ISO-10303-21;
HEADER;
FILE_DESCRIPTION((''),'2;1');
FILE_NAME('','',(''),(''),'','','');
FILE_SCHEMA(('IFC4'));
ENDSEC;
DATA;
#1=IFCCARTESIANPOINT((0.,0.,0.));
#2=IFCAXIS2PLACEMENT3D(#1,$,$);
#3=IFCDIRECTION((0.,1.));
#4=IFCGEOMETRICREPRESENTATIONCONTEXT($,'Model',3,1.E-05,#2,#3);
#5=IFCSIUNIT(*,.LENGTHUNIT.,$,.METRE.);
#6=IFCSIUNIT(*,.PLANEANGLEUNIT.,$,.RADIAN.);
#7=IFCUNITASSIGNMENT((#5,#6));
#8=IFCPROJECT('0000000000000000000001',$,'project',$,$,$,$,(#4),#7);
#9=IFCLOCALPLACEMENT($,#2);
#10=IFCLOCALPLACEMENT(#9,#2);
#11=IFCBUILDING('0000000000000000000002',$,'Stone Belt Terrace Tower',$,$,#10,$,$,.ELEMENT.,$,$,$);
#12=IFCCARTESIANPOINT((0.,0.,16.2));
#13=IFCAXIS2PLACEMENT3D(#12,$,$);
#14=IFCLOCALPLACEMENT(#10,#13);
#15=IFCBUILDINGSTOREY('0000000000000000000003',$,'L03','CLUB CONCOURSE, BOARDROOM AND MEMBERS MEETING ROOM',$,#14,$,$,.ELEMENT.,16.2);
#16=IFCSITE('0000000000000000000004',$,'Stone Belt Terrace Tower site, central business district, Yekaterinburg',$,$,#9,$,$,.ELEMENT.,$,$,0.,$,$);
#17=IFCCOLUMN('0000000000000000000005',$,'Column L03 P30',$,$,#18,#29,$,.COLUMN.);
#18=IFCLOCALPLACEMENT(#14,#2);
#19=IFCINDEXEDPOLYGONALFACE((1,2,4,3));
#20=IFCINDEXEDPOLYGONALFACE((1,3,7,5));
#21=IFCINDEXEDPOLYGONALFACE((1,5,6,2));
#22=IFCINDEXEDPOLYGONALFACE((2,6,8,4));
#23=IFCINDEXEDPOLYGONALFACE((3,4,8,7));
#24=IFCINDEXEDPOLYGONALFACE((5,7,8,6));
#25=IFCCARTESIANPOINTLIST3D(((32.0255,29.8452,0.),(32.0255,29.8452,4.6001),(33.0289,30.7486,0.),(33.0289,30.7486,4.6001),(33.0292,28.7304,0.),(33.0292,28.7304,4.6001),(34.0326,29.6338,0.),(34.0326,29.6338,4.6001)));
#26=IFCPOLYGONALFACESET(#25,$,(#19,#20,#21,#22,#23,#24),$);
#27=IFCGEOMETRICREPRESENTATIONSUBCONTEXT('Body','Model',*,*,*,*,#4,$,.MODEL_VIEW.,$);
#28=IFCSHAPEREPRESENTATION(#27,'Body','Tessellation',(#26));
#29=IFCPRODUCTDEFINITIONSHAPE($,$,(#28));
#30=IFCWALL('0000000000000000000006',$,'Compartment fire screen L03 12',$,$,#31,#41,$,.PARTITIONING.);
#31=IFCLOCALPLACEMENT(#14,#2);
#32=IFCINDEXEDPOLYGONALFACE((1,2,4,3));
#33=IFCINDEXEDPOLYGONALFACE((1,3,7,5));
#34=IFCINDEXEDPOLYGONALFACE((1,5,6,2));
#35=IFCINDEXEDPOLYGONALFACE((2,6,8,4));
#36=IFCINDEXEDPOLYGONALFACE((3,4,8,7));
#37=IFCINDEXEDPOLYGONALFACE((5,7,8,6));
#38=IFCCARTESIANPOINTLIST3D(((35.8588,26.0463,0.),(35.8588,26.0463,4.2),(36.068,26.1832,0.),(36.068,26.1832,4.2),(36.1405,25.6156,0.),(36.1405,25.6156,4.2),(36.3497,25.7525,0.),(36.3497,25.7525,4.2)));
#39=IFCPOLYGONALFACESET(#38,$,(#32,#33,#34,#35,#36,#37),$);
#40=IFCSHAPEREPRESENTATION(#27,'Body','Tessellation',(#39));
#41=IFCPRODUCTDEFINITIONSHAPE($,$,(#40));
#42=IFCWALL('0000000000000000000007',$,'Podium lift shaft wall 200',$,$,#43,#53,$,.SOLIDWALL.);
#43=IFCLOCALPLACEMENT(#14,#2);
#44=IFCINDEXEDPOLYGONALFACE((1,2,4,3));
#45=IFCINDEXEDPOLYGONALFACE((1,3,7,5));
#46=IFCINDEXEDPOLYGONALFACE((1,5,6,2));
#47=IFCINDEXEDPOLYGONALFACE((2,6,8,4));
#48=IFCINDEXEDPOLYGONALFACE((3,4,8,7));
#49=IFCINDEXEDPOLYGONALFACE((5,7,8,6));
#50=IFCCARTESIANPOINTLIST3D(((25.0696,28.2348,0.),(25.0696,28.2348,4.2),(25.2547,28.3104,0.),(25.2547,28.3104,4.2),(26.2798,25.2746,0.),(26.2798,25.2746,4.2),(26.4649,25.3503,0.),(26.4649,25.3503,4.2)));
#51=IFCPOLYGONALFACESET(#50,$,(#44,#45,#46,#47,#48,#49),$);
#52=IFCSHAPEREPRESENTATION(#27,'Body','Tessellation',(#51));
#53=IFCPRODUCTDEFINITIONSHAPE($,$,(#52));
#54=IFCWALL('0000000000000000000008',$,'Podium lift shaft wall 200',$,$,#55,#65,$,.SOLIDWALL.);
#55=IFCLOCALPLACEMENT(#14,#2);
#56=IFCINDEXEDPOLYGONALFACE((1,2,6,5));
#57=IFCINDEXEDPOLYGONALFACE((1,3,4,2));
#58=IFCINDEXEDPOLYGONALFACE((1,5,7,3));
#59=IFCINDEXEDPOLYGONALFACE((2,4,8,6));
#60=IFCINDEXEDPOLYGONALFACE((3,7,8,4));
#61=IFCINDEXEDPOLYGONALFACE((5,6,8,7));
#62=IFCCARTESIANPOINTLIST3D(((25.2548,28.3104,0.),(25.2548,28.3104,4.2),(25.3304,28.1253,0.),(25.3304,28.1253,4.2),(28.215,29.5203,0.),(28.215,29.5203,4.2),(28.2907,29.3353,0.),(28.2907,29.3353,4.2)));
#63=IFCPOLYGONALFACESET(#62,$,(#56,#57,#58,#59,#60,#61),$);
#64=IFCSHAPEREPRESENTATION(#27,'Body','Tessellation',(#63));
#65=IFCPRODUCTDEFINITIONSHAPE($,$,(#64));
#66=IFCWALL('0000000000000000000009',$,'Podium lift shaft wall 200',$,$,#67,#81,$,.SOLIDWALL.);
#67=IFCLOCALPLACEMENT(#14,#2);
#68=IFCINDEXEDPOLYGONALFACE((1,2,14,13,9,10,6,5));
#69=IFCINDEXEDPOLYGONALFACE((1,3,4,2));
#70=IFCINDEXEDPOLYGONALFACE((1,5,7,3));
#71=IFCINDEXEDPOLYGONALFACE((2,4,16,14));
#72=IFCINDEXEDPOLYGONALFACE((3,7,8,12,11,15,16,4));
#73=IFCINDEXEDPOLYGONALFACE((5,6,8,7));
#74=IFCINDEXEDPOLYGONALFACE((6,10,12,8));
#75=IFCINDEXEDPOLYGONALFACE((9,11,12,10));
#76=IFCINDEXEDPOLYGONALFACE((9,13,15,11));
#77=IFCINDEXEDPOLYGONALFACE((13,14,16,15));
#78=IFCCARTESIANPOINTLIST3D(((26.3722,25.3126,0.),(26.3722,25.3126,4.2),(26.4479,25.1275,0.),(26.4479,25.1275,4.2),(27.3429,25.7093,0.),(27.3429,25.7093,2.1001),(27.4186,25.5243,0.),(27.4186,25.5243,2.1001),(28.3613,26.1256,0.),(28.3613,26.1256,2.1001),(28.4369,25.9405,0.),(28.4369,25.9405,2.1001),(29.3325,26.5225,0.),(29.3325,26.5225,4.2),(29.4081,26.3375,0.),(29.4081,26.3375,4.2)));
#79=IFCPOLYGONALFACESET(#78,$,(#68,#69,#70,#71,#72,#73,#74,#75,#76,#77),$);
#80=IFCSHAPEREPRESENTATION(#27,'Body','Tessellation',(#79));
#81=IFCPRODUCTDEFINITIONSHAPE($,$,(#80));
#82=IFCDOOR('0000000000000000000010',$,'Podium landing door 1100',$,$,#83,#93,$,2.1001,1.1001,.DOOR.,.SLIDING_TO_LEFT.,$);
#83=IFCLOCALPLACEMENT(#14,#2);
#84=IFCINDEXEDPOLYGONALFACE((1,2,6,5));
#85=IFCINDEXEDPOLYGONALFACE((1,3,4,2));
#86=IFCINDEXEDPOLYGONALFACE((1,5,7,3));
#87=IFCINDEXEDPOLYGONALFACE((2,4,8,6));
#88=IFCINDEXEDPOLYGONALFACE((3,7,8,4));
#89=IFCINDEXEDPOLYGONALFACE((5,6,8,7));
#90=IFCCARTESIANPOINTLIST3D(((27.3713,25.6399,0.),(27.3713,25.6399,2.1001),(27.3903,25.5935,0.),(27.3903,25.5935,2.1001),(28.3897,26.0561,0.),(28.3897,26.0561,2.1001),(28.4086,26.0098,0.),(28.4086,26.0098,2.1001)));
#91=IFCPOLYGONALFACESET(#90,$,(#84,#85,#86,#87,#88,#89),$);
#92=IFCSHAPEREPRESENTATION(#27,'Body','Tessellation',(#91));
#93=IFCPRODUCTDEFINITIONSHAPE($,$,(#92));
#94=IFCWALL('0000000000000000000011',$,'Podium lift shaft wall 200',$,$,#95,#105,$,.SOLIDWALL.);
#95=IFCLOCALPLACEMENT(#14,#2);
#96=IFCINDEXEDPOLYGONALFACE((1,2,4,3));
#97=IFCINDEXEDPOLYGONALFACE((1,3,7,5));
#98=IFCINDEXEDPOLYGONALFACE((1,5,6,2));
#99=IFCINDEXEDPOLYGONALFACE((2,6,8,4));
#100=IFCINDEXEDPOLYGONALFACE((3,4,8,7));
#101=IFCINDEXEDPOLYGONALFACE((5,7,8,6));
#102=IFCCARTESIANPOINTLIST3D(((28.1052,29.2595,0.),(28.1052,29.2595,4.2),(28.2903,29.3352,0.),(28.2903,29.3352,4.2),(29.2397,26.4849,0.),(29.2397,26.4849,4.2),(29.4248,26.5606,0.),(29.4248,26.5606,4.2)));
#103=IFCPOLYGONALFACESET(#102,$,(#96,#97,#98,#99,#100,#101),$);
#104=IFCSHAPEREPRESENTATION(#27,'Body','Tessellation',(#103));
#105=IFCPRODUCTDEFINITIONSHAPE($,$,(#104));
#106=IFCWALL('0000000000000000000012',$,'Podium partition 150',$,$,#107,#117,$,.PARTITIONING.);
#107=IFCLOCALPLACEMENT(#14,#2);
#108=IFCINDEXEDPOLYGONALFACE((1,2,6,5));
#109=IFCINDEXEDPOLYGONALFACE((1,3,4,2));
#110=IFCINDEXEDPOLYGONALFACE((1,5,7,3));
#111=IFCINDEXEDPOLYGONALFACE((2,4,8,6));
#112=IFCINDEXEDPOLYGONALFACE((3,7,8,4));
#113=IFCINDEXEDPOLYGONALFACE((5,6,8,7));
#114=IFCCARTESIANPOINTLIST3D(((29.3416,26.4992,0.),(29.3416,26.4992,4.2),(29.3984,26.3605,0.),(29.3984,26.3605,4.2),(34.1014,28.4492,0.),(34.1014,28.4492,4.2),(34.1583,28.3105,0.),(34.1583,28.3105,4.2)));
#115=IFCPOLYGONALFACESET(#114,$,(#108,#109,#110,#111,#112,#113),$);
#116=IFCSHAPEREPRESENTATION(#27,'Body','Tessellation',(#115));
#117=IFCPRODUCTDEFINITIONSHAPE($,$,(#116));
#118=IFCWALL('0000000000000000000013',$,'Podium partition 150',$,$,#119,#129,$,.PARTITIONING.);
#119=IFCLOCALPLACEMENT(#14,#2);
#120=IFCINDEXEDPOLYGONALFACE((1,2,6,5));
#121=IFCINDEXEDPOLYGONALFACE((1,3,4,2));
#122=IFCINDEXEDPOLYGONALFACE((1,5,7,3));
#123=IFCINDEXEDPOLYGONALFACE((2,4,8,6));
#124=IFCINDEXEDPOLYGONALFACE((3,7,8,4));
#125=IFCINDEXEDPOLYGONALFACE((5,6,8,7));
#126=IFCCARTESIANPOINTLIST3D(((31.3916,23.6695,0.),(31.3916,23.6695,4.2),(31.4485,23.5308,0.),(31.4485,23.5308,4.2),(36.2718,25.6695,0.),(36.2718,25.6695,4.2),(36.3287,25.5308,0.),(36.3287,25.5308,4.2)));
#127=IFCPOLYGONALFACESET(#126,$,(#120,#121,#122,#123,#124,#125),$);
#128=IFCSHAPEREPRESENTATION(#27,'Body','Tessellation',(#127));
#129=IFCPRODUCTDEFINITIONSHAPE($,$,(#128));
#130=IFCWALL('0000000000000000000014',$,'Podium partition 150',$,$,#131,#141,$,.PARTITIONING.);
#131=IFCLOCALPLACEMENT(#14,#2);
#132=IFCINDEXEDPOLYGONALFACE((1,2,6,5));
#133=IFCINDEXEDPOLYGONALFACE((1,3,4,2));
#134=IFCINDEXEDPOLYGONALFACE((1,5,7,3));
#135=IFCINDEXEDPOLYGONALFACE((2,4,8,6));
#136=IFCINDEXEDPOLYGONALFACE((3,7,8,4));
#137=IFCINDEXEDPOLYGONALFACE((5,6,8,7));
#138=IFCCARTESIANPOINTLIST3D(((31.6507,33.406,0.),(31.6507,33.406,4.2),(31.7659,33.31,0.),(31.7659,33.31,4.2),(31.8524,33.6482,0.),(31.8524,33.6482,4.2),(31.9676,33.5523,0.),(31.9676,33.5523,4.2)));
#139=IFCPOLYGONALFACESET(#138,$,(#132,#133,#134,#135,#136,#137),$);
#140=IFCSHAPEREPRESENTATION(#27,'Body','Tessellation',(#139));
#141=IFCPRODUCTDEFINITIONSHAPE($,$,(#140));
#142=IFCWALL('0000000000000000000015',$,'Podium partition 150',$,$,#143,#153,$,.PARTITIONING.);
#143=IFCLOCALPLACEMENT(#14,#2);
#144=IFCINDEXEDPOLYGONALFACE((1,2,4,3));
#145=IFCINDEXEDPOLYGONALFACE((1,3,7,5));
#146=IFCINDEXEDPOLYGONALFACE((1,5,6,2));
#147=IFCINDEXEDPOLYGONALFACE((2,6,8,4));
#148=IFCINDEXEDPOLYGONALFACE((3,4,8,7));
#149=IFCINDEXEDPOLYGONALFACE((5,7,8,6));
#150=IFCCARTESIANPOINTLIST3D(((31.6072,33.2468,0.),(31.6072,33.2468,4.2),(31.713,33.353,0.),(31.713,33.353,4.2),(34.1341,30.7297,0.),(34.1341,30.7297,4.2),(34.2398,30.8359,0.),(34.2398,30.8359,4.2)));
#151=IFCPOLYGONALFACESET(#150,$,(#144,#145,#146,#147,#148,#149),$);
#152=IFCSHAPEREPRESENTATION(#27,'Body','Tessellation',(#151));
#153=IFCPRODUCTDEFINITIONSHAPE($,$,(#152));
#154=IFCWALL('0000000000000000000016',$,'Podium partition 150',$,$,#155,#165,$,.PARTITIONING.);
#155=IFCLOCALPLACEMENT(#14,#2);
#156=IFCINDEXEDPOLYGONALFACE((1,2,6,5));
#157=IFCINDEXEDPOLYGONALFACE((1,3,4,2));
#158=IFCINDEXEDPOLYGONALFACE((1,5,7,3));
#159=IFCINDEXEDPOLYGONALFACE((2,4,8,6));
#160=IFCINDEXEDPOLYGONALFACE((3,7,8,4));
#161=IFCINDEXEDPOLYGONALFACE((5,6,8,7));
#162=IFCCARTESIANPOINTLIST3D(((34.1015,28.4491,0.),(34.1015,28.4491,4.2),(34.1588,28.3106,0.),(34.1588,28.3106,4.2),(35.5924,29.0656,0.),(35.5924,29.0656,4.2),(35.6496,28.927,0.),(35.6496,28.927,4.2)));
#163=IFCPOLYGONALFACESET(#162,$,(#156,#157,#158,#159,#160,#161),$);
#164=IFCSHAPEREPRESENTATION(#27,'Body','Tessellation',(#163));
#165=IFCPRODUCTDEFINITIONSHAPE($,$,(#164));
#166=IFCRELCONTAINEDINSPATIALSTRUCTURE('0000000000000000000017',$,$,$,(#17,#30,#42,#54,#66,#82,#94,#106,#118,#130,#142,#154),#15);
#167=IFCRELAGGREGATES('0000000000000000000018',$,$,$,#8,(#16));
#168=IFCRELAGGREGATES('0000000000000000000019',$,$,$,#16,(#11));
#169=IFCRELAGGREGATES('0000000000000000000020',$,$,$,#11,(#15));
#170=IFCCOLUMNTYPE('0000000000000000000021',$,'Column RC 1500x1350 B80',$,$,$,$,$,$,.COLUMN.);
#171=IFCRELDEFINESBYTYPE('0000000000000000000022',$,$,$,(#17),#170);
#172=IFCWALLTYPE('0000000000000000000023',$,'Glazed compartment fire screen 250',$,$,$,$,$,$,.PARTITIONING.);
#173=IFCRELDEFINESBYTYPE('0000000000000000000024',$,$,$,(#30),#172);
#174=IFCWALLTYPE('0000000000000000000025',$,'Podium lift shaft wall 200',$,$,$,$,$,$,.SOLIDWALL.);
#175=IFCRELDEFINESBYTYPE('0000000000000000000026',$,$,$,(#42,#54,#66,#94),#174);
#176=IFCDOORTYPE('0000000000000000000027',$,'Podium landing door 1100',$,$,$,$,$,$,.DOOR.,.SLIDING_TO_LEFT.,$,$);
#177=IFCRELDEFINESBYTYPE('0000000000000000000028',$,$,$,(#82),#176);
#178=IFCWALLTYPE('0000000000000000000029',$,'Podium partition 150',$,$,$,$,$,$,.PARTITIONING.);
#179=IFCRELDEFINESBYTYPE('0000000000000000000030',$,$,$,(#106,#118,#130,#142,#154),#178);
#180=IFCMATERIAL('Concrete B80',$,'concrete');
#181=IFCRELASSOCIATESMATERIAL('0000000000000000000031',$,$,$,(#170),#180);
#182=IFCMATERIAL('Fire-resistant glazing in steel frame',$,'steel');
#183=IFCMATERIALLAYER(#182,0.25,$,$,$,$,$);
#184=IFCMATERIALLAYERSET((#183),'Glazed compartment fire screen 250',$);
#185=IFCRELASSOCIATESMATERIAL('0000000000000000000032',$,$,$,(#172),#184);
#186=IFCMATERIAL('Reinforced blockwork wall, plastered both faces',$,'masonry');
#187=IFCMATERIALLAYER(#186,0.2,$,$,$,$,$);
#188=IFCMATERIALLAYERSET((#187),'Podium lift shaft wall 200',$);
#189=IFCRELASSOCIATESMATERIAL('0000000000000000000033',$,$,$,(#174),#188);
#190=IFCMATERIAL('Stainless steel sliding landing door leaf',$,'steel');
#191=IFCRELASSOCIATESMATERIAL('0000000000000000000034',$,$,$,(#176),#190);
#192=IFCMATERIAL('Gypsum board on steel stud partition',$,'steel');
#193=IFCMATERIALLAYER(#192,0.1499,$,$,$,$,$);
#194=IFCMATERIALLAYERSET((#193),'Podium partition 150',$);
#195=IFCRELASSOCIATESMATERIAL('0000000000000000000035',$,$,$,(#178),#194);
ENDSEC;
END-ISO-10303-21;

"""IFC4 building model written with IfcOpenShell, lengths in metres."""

from ifc_helpers import new_model, si_unit, direction, frame, frame_2d, origin, origin_2d, place, context, subcontext, project, spatial, rectangle, extrude, material, layer, layer_set, material_profile, profile_set, type_object, element, fill, save


model = new_model("IFC4")

# Units and contexts
model_context = context("Model", 3, precision=1e-05, world=origin(), true_north=direction((0.0, 1.0)))
body_context = subcontext(model_context, "Body", "Model", "MODEL_VIEW")
ifc_project = project(units=[si_unit("LENGTHUNIT", "METRE"), si_unit("PLANEANGLEUNIT", "RADIAN")], contexts=[model_context])

# Site, building, storey
site_placement = place(None, origin())
site = spatial("IfcSite", under=ifc_project, at=site_placement, Name="Stone Belt Terrace Tower site, central business district, Yekaterinburg", CompositionType="ELEMENT", RefElevation=0.0)
building_placement = place(site_placement, origin())
building = spatial("IfcBuilding", under=site, at=building_placement, Name="Stone Belt Terrace Tower", CompositionType="ELEMENT")
storey_placement = place(building_placement, frame((0.0, 0.0, 16.2)))
storey = spatial("IfcBuildingStorey", under=building, at=storey_placement, Name="L03", Description="CLUB CONCOURSE, BOARDROOM AND MEMBERS MEETING ROOM", CompositionType="ELEMENT", Elevation=16.2)

# Column
ifc_material_1 = material(Name="Concrete B80", Category="concrete")
ifc_material_profile = material_profile(ifc_material_1, rectangle(XDim=1.5, YDim=1.3501, at=origin_2d()), Name="RC 1500x1350")
ifc_profile_set = profile_set([ifc_material_profile], Name="Concrete B80")
column_type = type_object("IfcColumnType", Name="Column RC 1500x1350 B80", PredefinedType="COLUMN", material=ifc_profile_set)
column_placement = place(storey_placement, frame((33.0291, 29.7395, 0.0), z_axis=(0.0, 0.0, 1.0), x_axis=(0.669131, -0.743145, 0.0)))
element("IfcColumn", 1, at=column_placement, inside=storey, type_object=column_type, Name="Column L03 P30", PredefinedType="COLUMN", context=body_context, shape_type="SweptSolid", body=[
    extrude(rectangle(XDim=1.5, YDim=1.3501, at=origin_2d()), origin(), (0.0, 0.0, 1.0), 4.6001),
])

# Walls
ifc_material_2 = material(Name="Fire-resistant glazing in steel frame", Category="steel")
ifc_layer_1 = layer(ifc_material_2, 0.25)
ifc_layer_set_1 = layer_set([ifc_layer_1], Name="Glazed compartment fire screen 250")
wall_type_1 = type_object("IfcWallType", Name="Glazed compartment fire screen 250", PredefinedType="PARTITIONING", material=ifc_layer_set_1)
wall_1_placement = place(storey_placement, frame((35.9634, 26.1147, 0.0), z_axis=(0.0, 0.0, 1.0), x_axis=(0.547454, -0.836836, 0.0)))
element("IfcWall", 2, at=wall_1_placement, inside=storey, type_object=wall_type_1, Name="Compartment fire screen L03 12", PredefinedType="PARTITIONING", context=body_context, shape_type="SweptSolid", body=[
    extrude(rectangle(XDim=0.5146, YDim=0.25, at=frame_2d((0.2573, 0.0))), origin(), (0.0, 0.0, 1.0), 4.2),
])
ifc_material_3 = material(Name="Reinforced blockwork wall, plastered both faces", Category="masonry")
ifc_layer_2 = layer(ifc_material_3, 0.2)
ifc_layer_set_2 = layer_set([ifc_layer_2], Name="Podium lift shaft wall 200")
wall_type_2 = type_object("IfcWallType", Name="Podium lift shaft wall 200", PredefinedType="SOLIDWALL", material=ifc_layer_set_2)
for number, where, z_axis, x_axis, name in (
    (3, (25.1621, 28.2727, 0.0), (0.0, 0.0, 1.0), (0.378422, -0.925633, 0.0), "Podium lift shaft wall 200"),
    (4, (25.2925, 28.2178, 0.0), (0.0, 0.0, 1.0), (0.92566, 0.378356, 0.0), "Podium lift shaft wall 200"),
):
    element("IfcWall", number, at=place(storey_placement, frame(where, z_axis=z_axis, x_axis=x_axis)), inside=storey, type_object=wall_type_2, Name=name, PredefinedType="SOLIDWALL", context=body_context, shape_type="SweptSolid", body=[
        extrude(rectangle(XDim=3.198, YDim=0.2, at=frame_2d((1.5991, 0.0))), origin(), (0.0, 0.0, 1.0), 4.2),
    ])

# Wall, opening, door
wall_2_placement = place(storey_placement, frame((26.4099, 25.22, 0.0), z_axis=(0.0, 0.0, 1.0), x_axis=(0.92566, 0.378356, 0.0)))
wall_2 = element("IfcWall", 5, at=wall_2_placement, inside=storey, type_object=wall_type_2, Name="Podium lift shaft wall 200", PredefinedType="SOLIDWALL", context=body_context, shape_type="SweptSolid", body=[
    extrude(rectangle(XDim=3.198, YDim=0.2, at=frame_2d((1.5991, 0.0))), origin(), (0.0, 0.0, 1.0), 4.2),
])
opening_1_placement = place(wall_2_placement, frame((1.0488, 0.0, 0.0)))
opening_1 = element("IfcOpeningElement", 6, at=opening_1_placement, cuts=wall_2, PredefinedType="OPENING", context=body_context, shape_type="SweptSolid", body=[
    extrude(rectangle(XDim=1.1001, YDim=2.1001, at=frame_2d((0.55, 1.05))), frame((0.0, 0.1099, 0.0), z_axis=(0.0, -1.0, 0.0), x_axis=(1.0, 0.0, 0.0)), (0.0, 0.0, 1.0), 0.22),
])
ifc_material_4 = material(Name="Stainless steel sliding landing door leaf", Category="steel")
door_type_1 = type_object("IfcDoorType", Name="Podium landing door 1100", OperationType="SLIDING_TO_LEFT", PredefinedType="DOOR", material=ifc_material_4)
door_1_placement = place(opening_1_placement, origin())
door_1 = element("IfcDoor", 7, at=door_1_placement, inside=storey, type_object=door_type_1, Name="Podium landing door 1100", OperationType="SLIDING_TO_LEFT", OverallHeight=2.1001, OverallWidth=1.1001, PredefinedType="DOOR", context=body_context, shape_type="SweptSolid", body=[
    extrude(rectangle(XDim=1.1001, YDim=2.1001, at=frame_2d((0.55, 1.05))), frame((0.0, 0.0249, 0.0), z_axis=(0.0, -1.0, 0.0), x_axis=(1.0, 0.0, 0.0)), (0.0, 0.0, 1.0), 0.05),
])
fill(opening_1, door_1)

# Walls
wall_3_placement = place(storey_placement, frame((28.1978, 29.2974, 0.0), z_axis=(0.0, 0.0, 1.0), x_axis=(0.378471, -0.925613, 0.0)))
element("IfcWall", 8, at=wall_3_placement, inside=storey, type_object=wall_type_2, Name="Podium lift shaft wall 200", PredefinedType="SOLIDWALL", context=body_context, shape_type="SweptSolid", body=[
    extrude(rectangle(XDim=2.9976, YDim=0.2, at=frame_2d((1.4988, 0.0))), origin(), (0.0, 0.0, 1.0), 4.2),
])
ifc_material_5 = material(Name="Gypsum board on steel stud partition", Category="steel")
ifc_layer_3 = layer(ifc_material_5, 0.1499)
ifc_layer_set_3 = layer_set([ifc_layer_3], Name="Podium partition 150")
wall_type_3 = type_object("IfcWallType", Name="Podium partition 150", PredefinedType="PARTITIONING", material=ifc_layer_set_3)
wall_4_placement = place(storey_placement, frame((29.3701, 26.4299, 0.0), z_axis=(0.0, 0.0, 1.0), x_axis=(0.925358, 0.379095, 0.0)))
element("IfcWall", 9, at=wall_4_placement, inside=storey, type_object=wall_type_3, Name="Podium partition 150", PredefinedType="PARTITIONING", context=body_context, shape_type="SweptSolid", body=[
    extrude(rectangle(XDim=5.1438, YDim=0.1499, at=frame_2d((2.5718, 0.0))), origin(), (0.0, 0.0, 1.0), 4.2),
])
wall_5_placement = place(storey_placement, frame((31.4199, 23.6001, 0.0), z_axis=(0.0, 0.0, 1.0), x_axis=(0.925309, 0.379215, 0.0)))
element("IfcWall", 10, at=wall_5_placement, inside=storey, type_object=wall_type_3, Name="Podium partition 150", PredefinedType="PARTITIONING", context=body_context, shape_type="SweptSolid", body=[
    extrude(rectangle(XDim=5.2742, YDim=0.1499, at=frame_2d((2.6372, 0.0))), origin(), (0.0, 0.0, 1.0), 4.2),
])
wall_6_placement = place(storey_placement, frame((31.7083, 33.3579, 0.0), z_axis=(0.0, 0.0, 1.0), x_axis=(0.63988, 0.768475, 0.0)))
element("IfcWall", 11, at=wall_6_placement, inside=storey, type_object=wall_type_3, Name="Podium partition 150", PredefinedType="PARTITIONING", context=body_context, shape_type="SweptSolid", body=[
    extrude(rectangle(XDim=0.3152, YDim=0.1499, at=frame_2d((0.1577, 0.0))), origin(), (0.0, 0.0, 1.0), 4.2),
])
wall_7_placement = place(storey_placement, frame((31.6602, 33.2998, 0.0), z_axis=(0.0, 0.0, 1.0), x_axis=(0.708474, -0.705736, 0.0)))
element("IfcWall", 12, at=wall_7_placement, inside=storey, type_object=wall_type_3, Name="Podium partition 150", PredefinedType="PARTITIONING", context=body_context, shape_type="SweptSolid", body=[
    extrude(rectangle(XDim=3.5667, YDim=0.1499, at=frame_2d((1.7832, 0.0))), origin(), (0.0, 0.0, 1.0), 4.2),
])
wall_8_placement = place(storey_placement, frame((34.1301, 28.3799, 0.0), z_axis=(0.0, 0.0, 1.0), x_axis=(0.924126, 0.382089, 0.0)))
element("IfcWall", 13, at=wall_8_placement, inside=storey, type_object=wall_type_3, Name="Podium partition 150", PredefinedType="PARTITIONING", context=body_context, shape_type="SweptSolid", body=[
    extrude(rectangle(XDim=1.6133, YDim=0.1499, at=frame_2d((0.8066, 0.0))), origin(), (0.0, 0.0, 1.0), 4.2),
])

save(model, "model.ifc")
